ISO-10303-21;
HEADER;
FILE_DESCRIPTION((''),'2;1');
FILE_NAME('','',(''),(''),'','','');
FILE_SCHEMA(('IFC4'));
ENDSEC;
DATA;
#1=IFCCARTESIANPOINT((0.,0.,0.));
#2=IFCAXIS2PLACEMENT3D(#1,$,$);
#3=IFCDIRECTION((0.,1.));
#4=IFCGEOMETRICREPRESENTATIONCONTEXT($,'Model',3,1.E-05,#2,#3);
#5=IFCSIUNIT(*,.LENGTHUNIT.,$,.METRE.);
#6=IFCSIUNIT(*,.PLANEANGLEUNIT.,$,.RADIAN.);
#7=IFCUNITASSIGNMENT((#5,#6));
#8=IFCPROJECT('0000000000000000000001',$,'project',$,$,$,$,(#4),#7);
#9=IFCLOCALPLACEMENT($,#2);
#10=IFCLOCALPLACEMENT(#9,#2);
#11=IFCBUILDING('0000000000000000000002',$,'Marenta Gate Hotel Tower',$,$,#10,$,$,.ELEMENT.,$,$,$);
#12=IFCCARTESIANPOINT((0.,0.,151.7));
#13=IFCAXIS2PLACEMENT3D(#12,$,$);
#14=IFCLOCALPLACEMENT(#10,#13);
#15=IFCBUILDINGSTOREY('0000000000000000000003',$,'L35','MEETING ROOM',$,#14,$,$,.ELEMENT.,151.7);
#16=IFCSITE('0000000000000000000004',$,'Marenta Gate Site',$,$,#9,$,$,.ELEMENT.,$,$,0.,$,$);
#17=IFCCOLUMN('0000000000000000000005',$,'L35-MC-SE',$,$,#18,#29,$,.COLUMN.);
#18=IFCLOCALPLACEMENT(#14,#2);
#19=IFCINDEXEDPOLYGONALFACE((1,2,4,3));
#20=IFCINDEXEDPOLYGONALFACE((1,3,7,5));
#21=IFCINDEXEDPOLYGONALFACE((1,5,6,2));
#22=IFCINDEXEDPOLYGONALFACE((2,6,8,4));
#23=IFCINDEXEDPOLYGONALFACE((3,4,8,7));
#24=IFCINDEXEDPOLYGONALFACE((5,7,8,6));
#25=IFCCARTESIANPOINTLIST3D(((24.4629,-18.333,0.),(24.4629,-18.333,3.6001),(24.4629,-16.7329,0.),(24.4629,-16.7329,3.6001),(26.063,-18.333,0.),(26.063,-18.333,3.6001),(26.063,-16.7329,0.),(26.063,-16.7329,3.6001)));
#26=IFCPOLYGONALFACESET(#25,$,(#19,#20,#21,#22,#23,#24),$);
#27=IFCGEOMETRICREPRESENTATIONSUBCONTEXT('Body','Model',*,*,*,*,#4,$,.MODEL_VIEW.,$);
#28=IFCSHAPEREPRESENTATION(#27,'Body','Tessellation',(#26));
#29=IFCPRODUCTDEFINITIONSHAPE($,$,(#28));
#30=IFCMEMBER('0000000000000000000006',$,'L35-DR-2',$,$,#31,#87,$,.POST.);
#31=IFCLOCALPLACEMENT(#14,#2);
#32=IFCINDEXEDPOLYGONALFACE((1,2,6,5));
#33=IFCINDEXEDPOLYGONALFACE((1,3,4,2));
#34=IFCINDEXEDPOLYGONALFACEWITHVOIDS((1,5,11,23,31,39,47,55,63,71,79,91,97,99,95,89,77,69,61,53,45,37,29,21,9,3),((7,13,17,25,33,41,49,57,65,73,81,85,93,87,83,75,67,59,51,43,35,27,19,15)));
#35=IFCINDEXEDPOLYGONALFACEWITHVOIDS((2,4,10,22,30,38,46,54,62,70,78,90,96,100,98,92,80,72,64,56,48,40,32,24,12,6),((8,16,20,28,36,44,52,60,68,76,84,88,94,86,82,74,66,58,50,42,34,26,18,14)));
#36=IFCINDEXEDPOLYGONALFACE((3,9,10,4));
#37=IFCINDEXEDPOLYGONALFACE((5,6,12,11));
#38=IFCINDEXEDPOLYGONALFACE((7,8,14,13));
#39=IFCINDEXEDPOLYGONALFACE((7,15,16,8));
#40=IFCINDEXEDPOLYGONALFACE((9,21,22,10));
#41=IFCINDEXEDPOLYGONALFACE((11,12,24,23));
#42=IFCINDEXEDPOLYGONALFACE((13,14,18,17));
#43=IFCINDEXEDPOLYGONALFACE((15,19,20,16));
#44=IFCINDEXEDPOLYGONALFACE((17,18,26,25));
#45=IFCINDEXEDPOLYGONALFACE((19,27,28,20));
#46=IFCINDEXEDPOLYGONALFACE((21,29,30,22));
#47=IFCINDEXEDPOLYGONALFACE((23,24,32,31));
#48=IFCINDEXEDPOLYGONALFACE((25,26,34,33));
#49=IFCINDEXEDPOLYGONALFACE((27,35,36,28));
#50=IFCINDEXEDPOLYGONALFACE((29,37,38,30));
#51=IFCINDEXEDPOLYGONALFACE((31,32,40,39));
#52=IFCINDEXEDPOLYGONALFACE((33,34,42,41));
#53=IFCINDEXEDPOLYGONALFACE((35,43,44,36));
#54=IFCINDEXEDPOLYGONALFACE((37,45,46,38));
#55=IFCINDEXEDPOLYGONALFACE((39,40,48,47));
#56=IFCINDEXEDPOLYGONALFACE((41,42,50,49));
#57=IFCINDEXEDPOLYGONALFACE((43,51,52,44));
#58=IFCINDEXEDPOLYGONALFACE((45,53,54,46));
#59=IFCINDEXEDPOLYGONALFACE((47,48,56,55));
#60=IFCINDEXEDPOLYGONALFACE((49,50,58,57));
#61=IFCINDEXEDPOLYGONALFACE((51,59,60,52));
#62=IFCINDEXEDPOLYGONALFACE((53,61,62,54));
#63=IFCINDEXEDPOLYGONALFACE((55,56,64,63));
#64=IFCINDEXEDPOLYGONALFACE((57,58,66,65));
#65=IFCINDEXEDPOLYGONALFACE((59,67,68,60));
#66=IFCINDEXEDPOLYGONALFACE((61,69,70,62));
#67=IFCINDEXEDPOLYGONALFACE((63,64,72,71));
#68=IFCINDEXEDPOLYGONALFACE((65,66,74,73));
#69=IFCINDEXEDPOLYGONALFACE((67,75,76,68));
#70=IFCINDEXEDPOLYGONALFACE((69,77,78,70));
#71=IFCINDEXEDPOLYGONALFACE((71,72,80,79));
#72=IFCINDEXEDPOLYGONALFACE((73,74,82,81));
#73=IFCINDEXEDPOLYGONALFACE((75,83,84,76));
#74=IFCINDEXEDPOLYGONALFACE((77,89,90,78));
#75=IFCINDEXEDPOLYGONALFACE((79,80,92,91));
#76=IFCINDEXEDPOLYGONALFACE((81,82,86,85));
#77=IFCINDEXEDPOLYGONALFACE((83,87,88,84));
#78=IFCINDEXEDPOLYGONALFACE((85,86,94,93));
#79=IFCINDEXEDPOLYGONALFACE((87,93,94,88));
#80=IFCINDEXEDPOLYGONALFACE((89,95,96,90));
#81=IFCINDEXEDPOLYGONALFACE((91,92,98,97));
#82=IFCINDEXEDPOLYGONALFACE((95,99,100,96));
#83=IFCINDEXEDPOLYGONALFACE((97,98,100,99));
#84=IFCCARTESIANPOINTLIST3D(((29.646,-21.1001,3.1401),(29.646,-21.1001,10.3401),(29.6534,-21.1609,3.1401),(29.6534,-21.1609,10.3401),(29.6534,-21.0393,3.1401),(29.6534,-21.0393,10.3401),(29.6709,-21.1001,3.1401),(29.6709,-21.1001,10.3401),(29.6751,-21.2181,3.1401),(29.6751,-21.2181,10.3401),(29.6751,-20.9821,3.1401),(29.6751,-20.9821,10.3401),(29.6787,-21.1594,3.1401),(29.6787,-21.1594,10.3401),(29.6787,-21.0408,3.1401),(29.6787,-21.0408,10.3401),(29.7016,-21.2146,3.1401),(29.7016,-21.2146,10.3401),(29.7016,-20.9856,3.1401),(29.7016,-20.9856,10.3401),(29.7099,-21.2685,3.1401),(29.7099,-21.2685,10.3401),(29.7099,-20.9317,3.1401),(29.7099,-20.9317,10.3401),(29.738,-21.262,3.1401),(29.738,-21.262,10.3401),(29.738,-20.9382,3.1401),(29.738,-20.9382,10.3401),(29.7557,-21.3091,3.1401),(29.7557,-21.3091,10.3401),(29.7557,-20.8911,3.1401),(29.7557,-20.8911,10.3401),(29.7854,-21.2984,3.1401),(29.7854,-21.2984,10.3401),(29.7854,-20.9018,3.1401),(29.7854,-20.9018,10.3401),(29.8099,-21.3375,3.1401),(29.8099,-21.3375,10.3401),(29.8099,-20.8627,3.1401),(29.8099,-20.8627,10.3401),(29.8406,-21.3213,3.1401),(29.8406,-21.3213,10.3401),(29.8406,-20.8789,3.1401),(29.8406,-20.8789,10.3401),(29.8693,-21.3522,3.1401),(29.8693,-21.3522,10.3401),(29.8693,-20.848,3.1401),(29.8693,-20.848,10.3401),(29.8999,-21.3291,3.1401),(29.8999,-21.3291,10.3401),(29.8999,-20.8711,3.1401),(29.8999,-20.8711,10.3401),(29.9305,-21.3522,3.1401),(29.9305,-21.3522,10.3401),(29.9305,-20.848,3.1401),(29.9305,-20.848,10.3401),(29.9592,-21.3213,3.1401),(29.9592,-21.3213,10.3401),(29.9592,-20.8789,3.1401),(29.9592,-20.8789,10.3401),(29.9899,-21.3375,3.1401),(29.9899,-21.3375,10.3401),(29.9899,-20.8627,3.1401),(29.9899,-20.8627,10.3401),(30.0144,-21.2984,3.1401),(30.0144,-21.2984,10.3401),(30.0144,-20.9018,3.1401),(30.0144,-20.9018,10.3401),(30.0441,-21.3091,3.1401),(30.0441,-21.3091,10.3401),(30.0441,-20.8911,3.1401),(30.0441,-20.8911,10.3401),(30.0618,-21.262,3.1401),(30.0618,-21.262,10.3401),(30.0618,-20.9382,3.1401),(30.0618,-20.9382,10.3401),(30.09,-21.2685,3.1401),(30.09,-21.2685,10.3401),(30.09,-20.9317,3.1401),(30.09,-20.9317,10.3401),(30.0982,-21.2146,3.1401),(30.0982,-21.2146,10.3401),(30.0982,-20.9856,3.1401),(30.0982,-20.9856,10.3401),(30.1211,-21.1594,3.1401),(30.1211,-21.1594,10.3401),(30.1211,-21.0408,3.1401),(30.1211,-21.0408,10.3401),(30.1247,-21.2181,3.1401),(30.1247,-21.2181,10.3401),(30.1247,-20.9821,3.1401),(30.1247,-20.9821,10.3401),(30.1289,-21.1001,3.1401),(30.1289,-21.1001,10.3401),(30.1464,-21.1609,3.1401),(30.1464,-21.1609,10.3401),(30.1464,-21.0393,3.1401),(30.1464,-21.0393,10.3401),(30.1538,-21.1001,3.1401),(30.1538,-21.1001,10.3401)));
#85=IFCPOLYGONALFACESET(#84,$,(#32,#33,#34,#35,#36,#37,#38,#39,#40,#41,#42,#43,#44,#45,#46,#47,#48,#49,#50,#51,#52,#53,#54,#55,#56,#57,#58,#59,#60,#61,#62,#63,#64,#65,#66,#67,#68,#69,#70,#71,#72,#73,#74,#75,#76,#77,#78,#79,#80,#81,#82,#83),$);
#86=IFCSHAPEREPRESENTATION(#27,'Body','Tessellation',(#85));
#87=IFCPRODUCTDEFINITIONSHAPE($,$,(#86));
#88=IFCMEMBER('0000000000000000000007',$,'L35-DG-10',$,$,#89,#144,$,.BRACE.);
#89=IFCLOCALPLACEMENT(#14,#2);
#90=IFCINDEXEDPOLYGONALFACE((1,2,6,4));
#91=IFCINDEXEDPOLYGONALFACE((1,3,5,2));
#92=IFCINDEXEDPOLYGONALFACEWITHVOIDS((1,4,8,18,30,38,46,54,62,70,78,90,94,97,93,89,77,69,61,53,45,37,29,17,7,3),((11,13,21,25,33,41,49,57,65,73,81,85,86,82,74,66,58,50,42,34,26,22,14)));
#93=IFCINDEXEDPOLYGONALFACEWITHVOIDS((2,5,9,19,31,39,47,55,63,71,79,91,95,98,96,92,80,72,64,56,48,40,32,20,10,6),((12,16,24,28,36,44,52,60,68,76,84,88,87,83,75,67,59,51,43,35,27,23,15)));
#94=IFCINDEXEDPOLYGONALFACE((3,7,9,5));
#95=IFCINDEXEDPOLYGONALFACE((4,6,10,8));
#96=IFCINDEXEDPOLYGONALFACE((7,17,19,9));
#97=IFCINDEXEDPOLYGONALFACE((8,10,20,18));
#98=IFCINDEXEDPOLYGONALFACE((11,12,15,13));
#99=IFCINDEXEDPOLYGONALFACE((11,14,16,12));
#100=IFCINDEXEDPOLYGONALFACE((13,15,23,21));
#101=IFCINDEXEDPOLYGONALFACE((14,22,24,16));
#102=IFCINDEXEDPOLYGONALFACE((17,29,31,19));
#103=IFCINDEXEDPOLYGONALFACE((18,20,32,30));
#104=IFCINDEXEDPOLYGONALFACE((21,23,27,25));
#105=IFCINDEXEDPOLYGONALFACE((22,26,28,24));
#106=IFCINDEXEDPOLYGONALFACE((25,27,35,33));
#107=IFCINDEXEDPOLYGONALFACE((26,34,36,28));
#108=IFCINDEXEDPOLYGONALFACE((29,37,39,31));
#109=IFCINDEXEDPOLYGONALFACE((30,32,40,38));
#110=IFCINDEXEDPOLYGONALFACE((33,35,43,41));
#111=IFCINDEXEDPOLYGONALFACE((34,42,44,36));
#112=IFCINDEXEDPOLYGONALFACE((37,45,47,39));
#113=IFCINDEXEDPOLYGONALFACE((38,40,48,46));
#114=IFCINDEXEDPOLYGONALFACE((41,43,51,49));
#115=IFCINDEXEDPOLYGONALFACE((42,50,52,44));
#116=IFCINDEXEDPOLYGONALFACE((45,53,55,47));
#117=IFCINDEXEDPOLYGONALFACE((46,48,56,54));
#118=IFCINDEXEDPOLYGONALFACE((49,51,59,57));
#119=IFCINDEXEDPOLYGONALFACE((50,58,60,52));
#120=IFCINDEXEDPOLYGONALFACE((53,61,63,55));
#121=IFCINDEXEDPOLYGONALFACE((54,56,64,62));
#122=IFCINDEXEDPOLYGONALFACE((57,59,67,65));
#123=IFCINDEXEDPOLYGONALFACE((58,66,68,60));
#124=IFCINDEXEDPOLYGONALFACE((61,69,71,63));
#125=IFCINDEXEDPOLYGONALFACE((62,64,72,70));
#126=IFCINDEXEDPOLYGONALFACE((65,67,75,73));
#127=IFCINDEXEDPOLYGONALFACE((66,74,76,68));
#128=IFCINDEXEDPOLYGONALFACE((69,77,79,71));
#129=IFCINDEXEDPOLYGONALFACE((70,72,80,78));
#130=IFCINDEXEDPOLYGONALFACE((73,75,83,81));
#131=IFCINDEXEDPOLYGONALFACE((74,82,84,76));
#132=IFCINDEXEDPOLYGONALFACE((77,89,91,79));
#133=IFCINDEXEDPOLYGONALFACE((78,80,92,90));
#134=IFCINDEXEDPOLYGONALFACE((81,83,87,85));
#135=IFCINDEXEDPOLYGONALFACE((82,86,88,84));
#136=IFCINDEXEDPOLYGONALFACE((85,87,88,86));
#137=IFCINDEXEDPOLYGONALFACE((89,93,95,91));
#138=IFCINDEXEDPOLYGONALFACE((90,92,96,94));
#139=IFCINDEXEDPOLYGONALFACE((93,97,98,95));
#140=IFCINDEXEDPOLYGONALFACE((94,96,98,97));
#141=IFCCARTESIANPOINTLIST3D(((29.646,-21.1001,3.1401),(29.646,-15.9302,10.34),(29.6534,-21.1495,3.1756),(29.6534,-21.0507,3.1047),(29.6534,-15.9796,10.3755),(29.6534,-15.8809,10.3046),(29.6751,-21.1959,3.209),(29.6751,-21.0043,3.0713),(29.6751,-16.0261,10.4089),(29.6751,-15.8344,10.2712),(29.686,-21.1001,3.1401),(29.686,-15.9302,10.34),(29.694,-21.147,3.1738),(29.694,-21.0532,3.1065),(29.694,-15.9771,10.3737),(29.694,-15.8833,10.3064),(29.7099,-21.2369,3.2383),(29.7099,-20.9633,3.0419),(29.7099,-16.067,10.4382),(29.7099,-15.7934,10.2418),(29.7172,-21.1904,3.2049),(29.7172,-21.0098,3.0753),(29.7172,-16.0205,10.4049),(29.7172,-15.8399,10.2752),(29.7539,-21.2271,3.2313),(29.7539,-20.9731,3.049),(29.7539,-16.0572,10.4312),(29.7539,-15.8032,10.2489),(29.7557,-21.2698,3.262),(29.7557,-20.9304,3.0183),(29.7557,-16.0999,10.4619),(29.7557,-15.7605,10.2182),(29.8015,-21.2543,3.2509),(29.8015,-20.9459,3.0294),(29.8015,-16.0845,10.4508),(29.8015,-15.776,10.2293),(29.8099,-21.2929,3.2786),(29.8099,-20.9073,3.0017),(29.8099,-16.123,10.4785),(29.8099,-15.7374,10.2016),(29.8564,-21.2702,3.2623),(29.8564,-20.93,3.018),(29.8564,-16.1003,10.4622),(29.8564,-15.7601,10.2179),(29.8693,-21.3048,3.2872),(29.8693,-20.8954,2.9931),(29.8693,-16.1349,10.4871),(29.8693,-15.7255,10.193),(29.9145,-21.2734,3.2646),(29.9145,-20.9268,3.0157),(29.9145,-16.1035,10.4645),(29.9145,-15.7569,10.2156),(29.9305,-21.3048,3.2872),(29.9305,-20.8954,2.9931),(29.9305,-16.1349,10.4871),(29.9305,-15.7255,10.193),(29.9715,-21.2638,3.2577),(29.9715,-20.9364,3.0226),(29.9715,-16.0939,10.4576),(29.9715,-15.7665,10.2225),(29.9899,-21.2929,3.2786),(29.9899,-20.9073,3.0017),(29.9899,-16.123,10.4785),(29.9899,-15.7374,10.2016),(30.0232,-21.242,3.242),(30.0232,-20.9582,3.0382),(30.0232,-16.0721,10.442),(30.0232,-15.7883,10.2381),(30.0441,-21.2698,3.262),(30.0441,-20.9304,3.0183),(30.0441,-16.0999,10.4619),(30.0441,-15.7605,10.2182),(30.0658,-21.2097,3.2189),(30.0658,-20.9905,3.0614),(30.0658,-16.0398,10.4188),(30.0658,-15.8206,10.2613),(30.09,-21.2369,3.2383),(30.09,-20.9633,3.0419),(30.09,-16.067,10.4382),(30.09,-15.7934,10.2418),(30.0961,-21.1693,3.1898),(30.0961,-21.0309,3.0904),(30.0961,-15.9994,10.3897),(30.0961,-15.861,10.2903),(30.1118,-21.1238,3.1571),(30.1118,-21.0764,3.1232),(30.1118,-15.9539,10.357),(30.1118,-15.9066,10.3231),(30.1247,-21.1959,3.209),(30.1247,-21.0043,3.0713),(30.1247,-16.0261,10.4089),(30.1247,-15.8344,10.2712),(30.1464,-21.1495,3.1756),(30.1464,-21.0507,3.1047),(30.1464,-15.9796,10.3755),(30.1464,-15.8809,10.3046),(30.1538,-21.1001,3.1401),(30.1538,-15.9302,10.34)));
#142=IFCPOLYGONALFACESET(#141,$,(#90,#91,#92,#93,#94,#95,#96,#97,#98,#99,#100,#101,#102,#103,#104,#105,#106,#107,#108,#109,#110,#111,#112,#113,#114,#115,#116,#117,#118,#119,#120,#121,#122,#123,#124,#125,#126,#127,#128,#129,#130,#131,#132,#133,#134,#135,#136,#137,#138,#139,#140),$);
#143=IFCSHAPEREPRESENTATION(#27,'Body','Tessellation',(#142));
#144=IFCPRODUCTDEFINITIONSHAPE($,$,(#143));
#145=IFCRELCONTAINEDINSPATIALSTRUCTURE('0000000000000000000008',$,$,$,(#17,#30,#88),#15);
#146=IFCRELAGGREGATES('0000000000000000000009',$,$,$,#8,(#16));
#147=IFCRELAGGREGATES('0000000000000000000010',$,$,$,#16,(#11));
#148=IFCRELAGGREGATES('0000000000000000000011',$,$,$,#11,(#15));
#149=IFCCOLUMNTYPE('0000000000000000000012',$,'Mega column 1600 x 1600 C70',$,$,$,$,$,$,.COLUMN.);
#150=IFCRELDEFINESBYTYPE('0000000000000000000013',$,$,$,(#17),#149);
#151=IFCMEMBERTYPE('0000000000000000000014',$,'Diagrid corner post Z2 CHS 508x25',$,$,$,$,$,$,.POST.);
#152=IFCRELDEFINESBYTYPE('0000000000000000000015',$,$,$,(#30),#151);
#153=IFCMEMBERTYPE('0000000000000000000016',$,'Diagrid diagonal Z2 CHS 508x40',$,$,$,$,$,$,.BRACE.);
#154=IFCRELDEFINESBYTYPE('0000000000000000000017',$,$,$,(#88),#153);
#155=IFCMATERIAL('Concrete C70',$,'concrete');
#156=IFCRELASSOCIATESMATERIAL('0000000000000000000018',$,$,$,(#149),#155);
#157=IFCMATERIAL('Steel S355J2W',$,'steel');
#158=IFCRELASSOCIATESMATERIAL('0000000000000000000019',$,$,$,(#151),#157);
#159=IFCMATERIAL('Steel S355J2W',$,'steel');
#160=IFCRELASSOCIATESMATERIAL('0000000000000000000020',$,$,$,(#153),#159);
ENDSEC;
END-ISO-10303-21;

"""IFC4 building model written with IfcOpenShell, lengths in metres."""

from ifc_helpers import new_model, si_unit, direction, frame, origin, origin_2d, place, context, subcontext, project, spatial, rectangle, hollow_circle, extrude, material, material_profile, profile_set, type_object, element, save


model = new_model("IFC4")

# Units and contexts
model_context = context("Model", 3, precision=1e-05, world=origin(), true_north=direction((0.0, 1.0)))
body_context = subcontext(model_context, "Body", "Model", "MODEL_VIEW")
ifc_project = project(units=[si_unit("LENGTHUNIT", "METRE"), si_unit("PLANEANGLEUNIT", "RADIAN")], contexts=[model_context])

# Site, building, storey
site_placement = place(None, origin())
site = spatial("IfcSite", under=ifc_project, at=site_placement, Name="Marenta Gate Site", CompositionType="ELEMENT", RefElevation=0.0)
building_placement = place(site_placement, origin())
building = spatial("IfcBuilding", under=site, at=building_placement, Name="Marenta Gate Hotel Tower", CompositionType="ELEMENT")
storey_placement = place(building_placement, frame((0.0, 0.0, 151.7)))
storey = spatial("IfcBuildingStorey", under=building, at=storey_placement, Name="L35", Description="MEETING ROOM", CompositionType="ELEMENT", Elevation=151.7)

# Column
ifc_material_1 = material(Name="Concrete C70", Category="concrete")
ifc_material_profile_1 = material_profile(ifc_material_1, rectangle(XDim=1.6001, YDim=1.6001, at=origin_2d()), Name="1600 x 1600")
ifc_profile_set_1 = profile_set([ifc_material_profile_1], Name="Concrete C70")
column_type = type_object("IfcColumnType", Name="Mega column 1600 x 1600 C70", PredefinedType="COLUMN", material=ifc_profile_set_1)
column_placement = place(storey_placement, frame((25.2629, -17.533, 0.0), z_axis=(0.0, 0.0, 1.0), x_axis=(1.0, 0.0, 0.0)))
element("IfcColumn", 1, at=column_placement, inside=storey, type_object=column_type, Name="L35-MC-SE", PredefinedType="COLUMN", context=body_context, shape_type="SweptSolid", body=[
    extrude(rectangle(XDim=1.6001, YDim=1.6001, at=origin_2d()), origin(), (0.0, 0.0, 1.0), 3.6001),
])

# Members
ifc_material_2 = material(Name="Steel S355J2W", Category="steel")
ifc_material_profile_2 = material_profile(ifc_material_2, hollow_circle(Radius=0.2539, WallThickness=0.0249, at=origin_2d()), Name="CHS 508x25")
ifc_profile_set_2 = profile_set([ifc_material_profile_2], Name="Steel S355J2W")
member_type_1 = type_object("IfcMemberType", Name="Diagrid corner post Z2 CHS 508x25", PredefinedType="POST", material=ifc_profile_set_2)
member_1_placement = place(storey_placement, frame((29.8999, -21.1001, 3.1401), z_axis=(0.0, 0.0, 1.0), x_axis=(1.0, 0.0, 0.0)))
element("IfcMember", 2, at=member_1_placement, inside=storey, type_object=member_type_1, Name="L35-DR-2", PredefinedType="POST", context=body_context, shape_type="SweptSolid", body=[
    extrude(hollow_circle(Radius=0.2539, WallThickness=0.0249, at=origin_2d()), origin(), (0.0, 0.0, 1.0), 7.2),
])
ifc_material_3 = material(Name="Steel S355J2W", Category="steel")
ifc_material_profile_3 = material_profile(ifc_material_3, hollow_circle(Radius=0.2539, WallThickness=0.04, at=origin_2d()), Name="CHS 508x40")
ifc_profile_set_3 = profile_set([ifc_material_profile_3], Name="Steel S355J2W")
member_type_2 = type_object("IfcMemberType", Name="Diagrid diagonal Z2 CHS 508x40", PredefinedType="BRACE", material=ifc_profile_set_3)
member_2_placement = place(storey_placement, frame((29.8999, -21.1001, 3.1401), z_axis=(0.0, 0.583261, 0.812285), x_axis=(-1.0, 0.0, 0.0)))
element("IfcMember", 3, at=member_2_placement, inside=storey, type_object=member_type_2, Name="L35-DG-10", PredefinedType="BRACE", context=body_context, shape_type="SweptSolid", body=[
    extrude(hollow_circle(Radius=0.2539, WallThickness=0.04, at=origin_2d()), origin(), (0.0, 0.0, 1.0), 8.8638),
])

save(model, "model.ifc")
